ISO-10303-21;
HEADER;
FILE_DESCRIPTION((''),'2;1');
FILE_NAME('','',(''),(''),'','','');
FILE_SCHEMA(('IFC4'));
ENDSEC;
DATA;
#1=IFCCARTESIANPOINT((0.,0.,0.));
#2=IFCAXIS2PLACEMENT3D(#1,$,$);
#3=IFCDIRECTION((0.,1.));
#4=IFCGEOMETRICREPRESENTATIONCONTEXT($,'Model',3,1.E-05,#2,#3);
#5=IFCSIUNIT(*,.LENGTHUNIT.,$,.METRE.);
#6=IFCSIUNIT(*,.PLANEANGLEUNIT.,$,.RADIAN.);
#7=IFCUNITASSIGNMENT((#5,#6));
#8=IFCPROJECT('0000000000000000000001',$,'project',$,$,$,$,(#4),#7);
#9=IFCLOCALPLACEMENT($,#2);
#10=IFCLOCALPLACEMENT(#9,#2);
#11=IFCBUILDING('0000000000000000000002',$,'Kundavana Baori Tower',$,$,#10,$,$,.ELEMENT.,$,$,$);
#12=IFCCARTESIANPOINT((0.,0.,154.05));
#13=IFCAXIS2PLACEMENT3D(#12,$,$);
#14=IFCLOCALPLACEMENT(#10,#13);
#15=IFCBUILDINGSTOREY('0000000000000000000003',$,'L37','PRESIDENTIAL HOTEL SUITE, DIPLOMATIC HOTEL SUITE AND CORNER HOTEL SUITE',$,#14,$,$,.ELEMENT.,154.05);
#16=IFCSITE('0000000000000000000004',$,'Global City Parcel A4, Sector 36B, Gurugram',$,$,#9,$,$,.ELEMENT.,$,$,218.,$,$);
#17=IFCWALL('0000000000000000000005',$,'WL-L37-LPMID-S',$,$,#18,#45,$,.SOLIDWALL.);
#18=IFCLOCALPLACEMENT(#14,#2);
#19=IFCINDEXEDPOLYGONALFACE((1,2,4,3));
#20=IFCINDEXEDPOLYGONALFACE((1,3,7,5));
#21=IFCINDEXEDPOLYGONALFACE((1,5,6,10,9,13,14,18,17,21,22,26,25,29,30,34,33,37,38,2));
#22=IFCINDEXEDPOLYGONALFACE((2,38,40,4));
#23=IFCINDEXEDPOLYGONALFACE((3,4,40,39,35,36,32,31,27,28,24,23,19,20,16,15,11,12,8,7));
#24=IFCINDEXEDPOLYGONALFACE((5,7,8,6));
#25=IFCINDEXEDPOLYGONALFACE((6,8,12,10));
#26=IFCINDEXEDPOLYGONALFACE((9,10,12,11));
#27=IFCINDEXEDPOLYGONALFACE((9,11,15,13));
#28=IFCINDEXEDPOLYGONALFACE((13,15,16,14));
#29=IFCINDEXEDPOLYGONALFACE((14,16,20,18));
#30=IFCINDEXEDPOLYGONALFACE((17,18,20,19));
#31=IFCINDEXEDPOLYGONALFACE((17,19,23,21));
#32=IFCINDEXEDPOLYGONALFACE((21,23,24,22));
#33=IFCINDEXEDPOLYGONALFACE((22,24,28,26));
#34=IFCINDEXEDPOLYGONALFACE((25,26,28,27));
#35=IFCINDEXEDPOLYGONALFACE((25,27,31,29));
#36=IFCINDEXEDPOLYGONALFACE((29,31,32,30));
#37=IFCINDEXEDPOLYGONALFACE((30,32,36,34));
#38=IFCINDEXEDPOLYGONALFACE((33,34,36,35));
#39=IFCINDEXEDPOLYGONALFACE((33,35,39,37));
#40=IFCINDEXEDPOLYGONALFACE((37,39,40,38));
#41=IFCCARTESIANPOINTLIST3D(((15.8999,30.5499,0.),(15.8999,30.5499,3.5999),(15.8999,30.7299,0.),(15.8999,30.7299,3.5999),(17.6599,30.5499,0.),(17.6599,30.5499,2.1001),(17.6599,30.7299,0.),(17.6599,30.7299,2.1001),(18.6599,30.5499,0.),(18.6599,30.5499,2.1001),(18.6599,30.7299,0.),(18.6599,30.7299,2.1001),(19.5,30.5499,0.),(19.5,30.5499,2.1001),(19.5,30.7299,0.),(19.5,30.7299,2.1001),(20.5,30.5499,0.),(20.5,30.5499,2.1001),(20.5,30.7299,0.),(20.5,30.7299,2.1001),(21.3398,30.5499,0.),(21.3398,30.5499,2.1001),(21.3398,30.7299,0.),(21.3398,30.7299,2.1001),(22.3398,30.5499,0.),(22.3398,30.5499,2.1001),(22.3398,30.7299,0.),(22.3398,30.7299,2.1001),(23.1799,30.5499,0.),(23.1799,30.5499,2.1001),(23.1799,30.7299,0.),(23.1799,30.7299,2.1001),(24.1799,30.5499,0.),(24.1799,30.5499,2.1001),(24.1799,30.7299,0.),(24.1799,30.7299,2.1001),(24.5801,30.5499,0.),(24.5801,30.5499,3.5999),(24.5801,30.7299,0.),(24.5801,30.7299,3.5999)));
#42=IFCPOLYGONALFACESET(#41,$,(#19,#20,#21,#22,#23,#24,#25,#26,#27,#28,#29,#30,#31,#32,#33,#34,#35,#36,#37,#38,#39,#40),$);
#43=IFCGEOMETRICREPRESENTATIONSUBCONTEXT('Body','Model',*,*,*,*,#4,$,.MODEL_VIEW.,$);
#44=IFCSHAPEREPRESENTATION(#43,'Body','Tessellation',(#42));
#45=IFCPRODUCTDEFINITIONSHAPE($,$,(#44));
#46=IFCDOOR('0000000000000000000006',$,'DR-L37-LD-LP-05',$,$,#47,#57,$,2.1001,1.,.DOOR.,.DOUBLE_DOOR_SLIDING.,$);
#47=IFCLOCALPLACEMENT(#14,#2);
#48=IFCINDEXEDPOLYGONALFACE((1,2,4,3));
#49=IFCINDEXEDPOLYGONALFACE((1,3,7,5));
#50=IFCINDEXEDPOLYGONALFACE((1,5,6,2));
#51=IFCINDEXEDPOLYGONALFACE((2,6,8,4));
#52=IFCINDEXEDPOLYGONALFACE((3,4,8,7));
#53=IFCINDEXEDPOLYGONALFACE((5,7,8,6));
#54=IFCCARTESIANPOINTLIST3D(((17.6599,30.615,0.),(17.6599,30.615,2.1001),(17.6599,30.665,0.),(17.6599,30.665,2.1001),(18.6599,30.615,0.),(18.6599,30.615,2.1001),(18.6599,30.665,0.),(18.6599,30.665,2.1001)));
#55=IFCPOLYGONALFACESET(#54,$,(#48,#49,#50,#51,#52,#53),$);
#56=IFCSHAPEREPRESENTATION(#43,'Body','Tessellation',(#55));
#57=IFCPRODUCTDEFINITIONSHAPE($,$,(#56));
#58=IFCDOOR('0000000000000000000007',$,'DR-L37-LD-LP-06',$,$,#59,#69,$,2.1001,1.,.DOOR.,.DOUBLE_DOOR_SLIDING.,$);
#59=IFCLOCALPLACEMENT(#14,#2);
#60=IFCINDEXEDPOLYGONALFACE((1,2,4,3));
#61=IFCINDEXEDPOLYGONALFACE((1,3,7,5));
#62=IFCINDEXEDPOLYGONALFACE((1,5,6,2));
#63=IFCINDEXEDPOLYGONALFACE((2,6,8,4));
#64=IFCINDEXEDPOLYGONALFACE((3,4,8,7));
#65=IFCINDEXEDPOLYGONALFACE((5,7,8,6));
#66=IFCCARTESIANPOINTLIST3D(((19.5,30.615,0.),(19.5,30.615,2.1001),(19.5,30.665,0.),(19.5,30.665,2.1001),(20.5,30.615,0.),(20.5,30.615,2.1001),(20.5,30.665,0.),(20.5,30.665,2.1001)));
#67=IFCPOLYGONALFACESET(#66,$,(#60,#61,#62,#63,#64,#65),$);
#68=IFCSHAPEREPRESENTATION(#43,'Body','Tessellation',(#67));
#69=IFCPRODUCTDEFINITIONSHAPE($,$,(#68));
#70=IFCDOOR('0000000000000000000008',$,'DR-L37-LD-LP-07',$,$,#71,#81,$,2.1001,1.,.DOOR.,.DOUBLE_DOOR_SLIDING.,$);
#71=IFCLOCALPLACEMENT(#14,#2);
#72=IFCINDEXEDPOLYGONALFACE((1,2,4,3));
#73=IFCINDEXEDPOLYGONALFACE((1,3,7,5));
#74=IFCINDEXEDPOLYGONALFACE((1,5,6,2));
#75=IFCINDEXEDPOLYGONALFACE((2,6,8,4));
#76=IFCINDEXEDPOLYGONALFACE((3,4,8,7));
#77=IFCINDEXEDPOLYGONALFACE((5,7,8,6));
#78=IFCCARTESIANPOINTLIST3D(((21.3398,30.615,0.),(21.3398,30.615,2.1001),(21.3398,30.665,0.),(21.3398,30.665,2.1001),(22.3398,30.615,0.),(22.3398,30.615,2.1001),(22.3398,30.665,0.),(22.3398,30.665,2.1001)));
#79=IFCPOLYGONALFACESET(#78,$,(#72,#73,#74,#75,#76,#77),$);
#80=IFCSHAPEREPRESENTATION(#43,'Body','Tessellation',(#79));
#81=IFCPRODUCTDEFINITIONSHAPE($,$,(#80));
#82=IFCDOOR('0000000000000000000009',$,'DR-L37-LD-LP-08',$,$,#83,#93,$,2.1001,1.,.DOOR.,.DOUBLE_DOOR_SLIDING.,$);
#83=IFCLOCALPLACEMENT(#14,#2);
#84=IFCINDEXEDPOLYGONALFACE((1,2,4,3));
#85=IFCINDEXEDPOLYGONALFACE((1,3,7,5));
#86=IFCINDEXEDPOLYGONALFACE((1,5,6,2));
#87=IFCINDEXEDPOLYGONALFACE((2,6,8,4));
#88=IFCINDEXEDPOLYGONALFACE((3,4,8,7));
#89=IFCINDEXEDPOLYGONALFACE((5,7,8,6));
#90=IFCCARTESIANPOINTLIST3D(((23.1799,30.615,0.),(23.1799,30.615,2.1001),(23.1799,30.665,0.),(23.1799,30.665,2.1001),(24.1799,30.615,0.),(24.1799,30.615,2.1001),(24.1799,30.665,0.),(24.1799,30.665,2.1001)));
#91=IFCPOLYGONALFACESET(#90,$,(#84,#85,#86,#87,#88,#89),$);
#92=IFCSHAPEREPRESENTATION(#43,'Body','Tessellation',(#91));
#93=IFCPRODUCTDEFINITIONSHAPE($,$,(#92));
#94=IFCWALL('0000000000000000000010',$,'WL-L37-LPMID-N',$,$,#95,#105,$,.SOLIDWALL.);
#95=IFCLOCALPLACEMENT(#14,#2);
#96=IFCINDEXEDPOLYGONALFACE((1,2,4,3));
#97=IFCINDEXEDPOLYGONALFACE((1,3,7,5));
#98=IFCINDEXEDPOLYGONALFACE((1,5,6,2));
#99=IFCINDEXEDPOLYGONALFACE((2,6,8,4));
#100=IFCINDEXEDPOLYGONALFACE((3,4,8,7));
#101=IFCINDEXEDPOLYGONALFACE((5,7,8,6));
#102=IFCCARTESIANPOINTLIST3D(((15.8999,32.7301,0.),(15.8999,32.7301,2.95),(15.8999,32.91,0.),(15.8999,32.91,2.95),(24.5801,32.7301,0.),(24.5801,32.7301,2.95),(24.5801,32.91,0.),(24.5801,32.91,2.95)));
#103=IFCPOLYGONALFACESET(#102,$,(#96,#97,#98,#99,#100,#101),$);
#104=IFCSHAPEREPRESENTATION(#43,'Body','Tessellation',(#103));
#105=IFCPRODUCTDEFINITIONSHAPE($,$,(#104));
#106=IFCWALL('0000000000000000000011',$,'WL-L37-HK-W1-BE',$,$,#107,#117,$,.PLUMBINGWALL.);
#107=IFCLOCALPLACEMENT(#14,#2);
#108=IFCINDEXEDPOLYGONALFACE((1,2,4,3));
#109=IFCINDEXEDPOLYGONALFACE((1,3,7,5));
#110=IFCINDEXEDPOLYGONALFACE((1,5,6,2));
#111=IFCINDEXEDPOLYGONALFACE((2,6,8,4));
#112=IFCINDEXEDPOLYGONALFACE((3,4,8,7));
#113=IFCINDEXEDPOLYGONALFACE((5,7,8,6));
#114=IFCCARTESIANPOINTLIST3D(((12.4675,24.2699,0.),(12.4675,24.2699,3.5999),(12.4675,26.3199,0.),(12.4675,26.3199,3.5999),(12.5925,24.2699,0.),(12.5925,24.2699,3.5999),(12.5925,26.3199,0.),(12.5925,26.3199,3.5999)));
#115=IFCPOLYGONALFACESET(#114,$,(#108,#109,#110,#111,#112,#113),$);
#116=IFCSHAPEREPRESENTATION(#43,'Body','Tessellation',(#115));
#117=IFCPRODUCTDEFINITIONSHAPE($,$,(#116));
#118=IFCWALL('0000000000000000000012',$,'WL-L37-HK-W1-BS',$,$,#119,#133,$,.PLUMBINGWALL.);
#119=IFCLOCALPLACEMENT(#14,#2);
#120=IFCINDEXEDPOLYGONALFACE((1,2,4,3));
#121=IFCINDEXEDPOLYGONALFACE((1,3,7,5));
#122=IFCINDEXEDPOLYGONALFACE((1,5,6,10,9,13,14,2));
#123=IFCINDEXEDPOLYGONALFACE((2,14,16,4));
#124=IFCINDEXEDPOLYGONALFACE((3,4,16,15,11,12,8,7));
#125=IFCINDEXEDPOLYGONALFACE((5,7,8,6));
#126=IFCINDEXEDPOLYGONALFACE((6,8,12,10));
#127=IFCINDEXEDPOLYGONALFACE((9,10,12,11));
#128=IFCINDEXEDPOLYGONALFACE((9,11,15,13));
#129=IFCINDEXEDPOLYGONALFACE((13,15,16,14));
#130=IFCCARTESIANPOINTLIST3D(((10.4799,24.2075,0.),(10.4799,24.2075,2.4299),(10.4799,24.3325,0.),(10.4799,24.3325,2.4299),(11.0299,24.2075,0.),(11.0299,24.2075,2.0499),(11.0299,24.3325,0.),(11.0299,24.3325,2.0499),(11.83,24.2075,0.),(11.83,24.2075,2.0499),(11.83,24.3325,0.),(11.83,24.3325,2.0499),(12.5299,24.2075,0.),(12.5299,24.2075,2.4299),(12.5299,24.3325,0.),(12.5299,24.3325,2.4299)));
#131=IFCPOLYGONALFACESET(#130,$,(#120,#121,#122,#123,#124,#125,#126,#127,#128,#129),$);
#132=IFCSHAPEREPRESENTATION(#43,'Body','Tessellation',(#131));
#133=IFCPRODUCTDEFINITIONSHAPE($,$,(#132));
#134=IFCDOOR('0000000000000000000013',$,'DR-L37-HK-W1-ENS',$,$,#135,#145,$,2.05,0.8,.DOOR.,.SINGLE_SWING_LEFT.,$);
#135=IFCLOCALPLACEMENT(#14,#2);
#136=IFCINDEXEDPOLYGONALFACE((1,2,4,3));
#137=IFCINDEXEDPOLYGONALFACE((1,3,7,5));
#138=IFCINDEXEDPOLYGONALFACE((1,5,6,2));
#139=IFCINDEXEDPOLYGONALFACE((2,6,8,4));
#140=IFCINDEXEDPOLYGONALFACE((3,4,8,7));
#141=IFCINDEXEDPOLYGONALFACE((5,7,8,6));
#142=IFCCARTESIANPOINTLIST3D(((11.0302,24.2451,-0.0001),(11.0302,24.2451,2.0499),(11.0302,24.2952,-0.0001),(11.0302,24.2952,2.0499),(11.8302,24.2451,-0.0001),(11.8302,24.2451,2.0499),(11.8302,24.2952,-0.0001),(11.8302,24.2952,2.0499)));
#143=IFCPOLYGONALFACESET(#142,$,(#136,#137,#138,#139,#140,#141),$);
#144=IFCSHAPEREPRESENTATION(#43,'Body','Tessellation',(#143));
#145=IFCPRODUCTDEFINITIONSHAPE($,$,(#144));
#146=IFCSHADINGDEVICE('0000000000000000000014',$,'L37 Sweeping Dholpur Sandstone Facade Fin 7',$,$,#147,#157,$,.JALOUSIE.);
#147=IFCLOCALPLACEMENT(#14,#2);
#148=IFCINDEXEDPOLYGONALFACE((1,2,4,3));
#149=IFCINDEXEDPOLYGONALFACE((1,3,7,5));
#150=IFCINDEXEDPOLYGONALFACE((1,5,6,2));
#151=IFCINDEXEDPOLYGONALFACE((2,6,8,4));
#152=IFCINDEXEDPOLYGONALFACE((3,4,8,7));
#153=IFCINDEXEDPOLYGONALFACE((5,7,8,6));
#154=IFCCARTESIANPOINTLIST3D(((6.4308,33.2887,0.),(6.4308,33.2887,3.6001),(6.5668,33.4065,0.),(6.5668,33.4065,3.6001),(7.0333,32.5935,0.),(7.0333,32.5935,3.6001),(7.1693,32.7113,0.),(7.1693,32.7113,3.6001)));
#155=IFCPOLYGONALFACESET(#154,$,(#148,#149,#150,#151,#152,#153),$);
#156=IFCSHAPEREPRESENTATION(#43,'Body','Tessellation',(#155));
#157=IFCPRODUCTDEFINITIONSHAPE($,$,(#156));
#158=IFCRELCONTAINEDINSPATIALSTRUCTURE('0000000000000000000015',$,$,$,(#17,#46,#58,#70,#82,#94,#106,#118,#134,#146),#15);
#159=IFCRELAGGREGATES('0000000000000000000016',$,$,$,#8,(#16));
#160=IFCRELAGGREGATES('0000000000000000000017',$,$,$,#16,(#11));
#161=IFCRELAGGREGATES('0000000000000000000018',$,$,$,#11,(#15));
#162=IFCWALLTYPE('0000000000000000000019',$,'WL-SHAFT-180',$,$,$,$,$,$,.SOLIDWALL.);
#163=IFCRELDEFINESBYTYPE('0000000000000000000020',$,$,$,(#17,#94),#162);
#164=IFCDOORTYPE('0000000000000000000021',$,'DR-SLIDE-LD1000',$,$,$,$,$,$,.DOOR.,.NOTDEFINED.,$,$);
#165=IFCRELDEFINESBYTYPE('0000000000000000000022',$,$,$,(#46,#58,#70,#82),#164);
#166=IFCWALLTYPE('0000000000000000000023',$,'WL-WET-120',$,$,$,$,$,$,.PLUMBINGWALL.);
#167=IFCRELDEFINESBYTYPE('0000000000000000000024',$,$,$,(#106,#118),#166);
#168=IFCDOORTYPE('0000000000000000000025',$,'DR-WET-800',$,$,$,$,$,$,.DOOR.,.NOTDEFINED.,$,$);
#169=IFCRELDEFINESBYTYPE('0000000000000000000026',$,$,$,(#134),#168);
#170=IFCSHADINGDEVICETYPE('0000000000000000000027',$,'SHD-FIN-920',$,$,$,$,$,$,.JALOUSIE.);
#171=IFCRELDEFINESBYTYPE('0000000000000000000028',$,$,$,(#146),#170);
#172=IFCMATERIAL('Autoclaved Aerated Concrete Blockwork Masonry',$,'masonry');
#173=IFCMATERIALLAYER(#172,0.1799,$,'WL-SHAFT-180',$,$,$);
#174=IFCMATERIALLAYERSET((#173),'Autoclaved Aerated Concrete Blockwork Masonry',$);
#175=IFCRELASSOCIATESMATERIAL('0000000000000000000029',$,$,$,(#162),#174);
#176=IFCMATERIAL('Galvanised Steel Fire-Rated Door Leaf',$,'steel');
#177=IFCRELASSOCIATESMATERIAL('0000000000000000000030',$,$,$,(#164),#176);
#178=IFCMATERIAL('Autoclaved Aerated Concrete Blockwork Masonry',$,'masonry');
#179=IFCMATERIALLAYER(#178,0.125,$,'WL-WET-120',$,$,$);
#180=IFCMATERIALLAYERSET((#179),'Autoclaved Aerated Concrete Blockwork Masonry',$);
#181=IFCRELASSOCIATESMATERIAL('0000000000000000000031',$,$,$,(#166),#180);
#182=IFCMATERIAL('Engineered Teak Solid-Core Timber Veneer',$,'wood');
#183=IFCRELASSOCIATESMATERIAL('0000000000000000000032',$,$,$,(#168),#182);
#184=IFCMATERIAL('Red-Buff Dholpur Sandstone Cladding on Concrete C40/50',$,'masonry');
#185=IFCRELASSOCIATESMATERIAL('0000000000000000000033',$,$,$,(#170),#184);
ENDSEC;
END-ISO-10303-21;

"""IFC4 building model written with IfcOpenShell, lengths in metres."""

from ifc_helpers import new_model, si_unit, direction, frame, frame_2d, origin, origin_2d, place, context, subcontext, project, spatial, rectangle, extrude, material, layer, layer_set, type_object, element, fill, save


model = new_model("IFC4")

# Units and contexts
model_context = context("Model", 3, precision=1e-05, world=origin(), true_north=direction((0.0, 1.0)))
body_context = subcontext(model_context, "Body", "Model", "MODEL_VIEW")
ifc_project = project(units=[si_unit("LENGTHUNIT", "METRE"), si_unit("PLANEANGLEUNIT", "RADIAN")], contexts=[model_context])

# Site, building, storey
site_placement = place(None, origin())
site = spatial("IfcSite", under=ifc_project, at=site_placement, Name="Global City Parcel A4, Sector 36B, Gurugram", CompositionType="ELEMENT", RefElevation=218.0)
building_placement = place(site_placement, origin())
building = spatial("IfcBuilding", under=site, at=building_placement, Name="Kundavana Baori Tower", CompositionType="ELEMENT")
storey_placement = place(building_placement, frame((0.0, 0.0, 154.05)))
storey = spatial("IfcBuildingStorey", under=building, at=storey_placement, Name="L37", Description="PRESIDENTIAL HOTEL SUITE, DIPLOMATIC HOTEL SUITE AND CORNER HOTEL SUITE", CompositionType="ELEMENT", Elevation=154.05)

# Shared definitions
ifc_material_1 = material(Name="Autoclaved Aerated Concrete Blockwork Masonry", Category="masonry")
ifc_layer_1 = layer(ifc_material_1, 0.1799, Name="WL-SHAFT-180")
ifc_layer_set_1 = layer_set([ifc_layer_1], Name="Autoclaved Aerated Concrete Blockwork Masonry")
wall_type_1 = type_object("IfcWallType", Name="WL-SHAFT-180", PredefinedType="SOLIDWALL", material=ifc_layer_set_1)

# Wall, openings, doors
wall_1_placement = place(storey_placement, frame((15.8999, 30.6399, 0.0), z_axis=(0.0, 0.0, 1.0), x_axis=(1.0, 0.0, 0.0)))
wall_1 = element("IfcWall", 1, at=wall_1_placement, inside=storey, type_object=wall_type_1, Name="WL-L37-LPMID-S", PredefinedType="SOLIDWALL", context=body_context, shape_type="SweptSolid", body=[
    extrude(rectangle(XDim=8.6802, YDim=0.1799, at=frame_2d((4.3401, 0.0))), origin(), (0.0, 0.0, 1.0), 3.5999),
])
opening_1_placement = place(wall_1_placement, frame((1.76, 0.0, 0.0)))
opening_1 = element("IfcOpeningElement", 2, at=opening_1_placement, cuts=wall_1, PredefinedType="OPENING", context=body_context, shape_type="SweptSolid", body=[
    extrude(rectangle(XDim=1.0, YDim=2.1001, at=frame_2d((0.5, 1.05))), frame((0.0, 0.1001, 0.0), z_axis=(0.0, -1.0, 0.0), x_axis=(1.0, 0.0, 0.0)), (0.0, 0.0, 1.0), 0.2),
])
opening_2_placement = place(wall_1_placement, frame((3.6001, 0.0, 0.0)))
opening_2 = element("IfcOpeningElement", 3, at=opening_2_placement, cuts=wall_1, PredefinedType="OPENING", context=body_context, shape_type="SweptSolid", body=[
    extrude(rectangle(XDim=1.0, YDim=2.1001, at=frame_2d((0.5, 1.05))), frame((0.0, 0.1001, 0.0), z_axis=(0.0, -1.0, 0.0), x_axis=(1.0, 0.0, 0.0)), (0.0, 0.0, 1.0), 0.2),
])
opening_3_placement = place(wall_1_placement, frame((5.4399, 0.0, 0.0)))
opening_3 = element("IfcOpeningElement", 4, at=opening_3_placement, cuts=wall_1, PredefinedType="OPENING", context=body_context, shape_type="SweptSolid", body=[
    extrude(rectangle(XDim=1.0, YDim=2.1001, at=frame_2d((0.5, 1.05))), frame((0.0, 0.1001, 0.0), z_axis=(0.0, -1.0, 0.0), x_axis=(1.0, 0.0, 0.0)), (0.0, 0.0, 1.0), 0.2),
])
opening_4_placement = place(wall_1_placement, frame((7.28, 0.0, 0.0)))
opening_4 = element("IfcOpeningElement", 5, at=opening_4_placement, cuts=wall_1, PredefinedType="OPENING", context=body_context, shape_type="SweptSolid", body=[
    extrude(rectangle(XDim=1.0, YDim=2.1001, at=frame_2d((0.5, 1.05))), frame((0.0, 0.1001, 0.0), z_axis=(0.0, -1.0, 0.0), x_axis=(1.0, 0.0, 0.0)), (0.0, 0.0, 1.0), 0.2),
])
ifc_material_2 = material(Name="Galvanised Steel Fire-Rated Door Leaf", Category="steel")
door_type_1 = type_object("IfcDoorType", Name="DR-SLIDE-LD1000", OperationType="NOTDEFINED", PredefinedType="DOOR", material=ifc_material_2)
door_1_placement = place(opening_1_placement, frame((1.0, 0.0, 0.0), z_axis=(0.0, 0.0, 1.0), x_axis=(-1.0, 0.0, 0.0)))
door_1 = element("IfcDoor", 6, at=door_1_placement, inside=storey, type_object=door_type_1, Name="DR-L37-LD-LP-05", OperationType="DOUBLE_DOOR_SLIDING", OverallHeight=2.1001, OverallWidth=1.0, PredefinedType="DOOR", context=body_context, shape_type="SweptSolid", body=[
    extrude(rectangle(XDim=1.0, YDim=2.1001, at=frame_2d((0.5, 1.05))), frame((0.0, 0.0249, 0.0), z_axis=(0.0, -1.0, 0.0), x_axis=(1.0, 0.0, 0.0)), (0.0, 0.0, 1.0), 0.05),
])
fill(opening_1, door_1)
door_2_placement = place(opening_2_placement, frame((1.0, 0.0, 0.0), z_axis=(0.0, 0.0, 1.0), x_axis=(-1.0, 0.0, 0.0)))
door_2 = element("IfcDoor", 7, at=door_2_placement, inside=storey, type_object=door_type_1, Name="DR-L37-LD-LP-06", OperationType="DOUBLE_DOOR_SLIDING", OverallHeight=2.1001, OverallWidth=1.0, PredefinedType="DOOR", context=body_context, shape_type="SweptSolid", body=[
    extrude(rectangle(XDim=1.0, YDim=2.1001, at=frame_2d((0.5, 1.05))), frame((0.0, 0.0249, 0.0), z_axis=(0.0, -1.0, 0.0), x_axis=(1.0, 0.0, 0.0)), (0.0, 0.0, 1.0), 0.05),
])
fill(opening_2, door_2)
door_3_placement = place(opening_3_placement, frame((1.0, 0.0, 0.0), z_axis=(0.0, 0.0, 1.0), x_axis=(-1.0, 0.0, 0.0)))
door_3 = element("IfcDoor", 8, at=door_3_placement, inside=storey, type_object=door_type_1, Name="DR-L37-LD-LP-07", OperationType="DOUBLE_DOOR_SLIDING", OverallHeight=2.1001, OverallWidth=1.0, PredefinedType="DOOR", context=body_context, shape_type="SweptSolid", body=[
    extrude(rectangle(XDim=1.0, YDim=2.1001, at=frame_2d((0.5, 1.05))), frame((0.0, 0.0249, 0.0), z_axis=(0.0, -1.0, 0.0), x_axis=(1.0, 0.0, 0.0)), (0.0, 0.0, 1.0), 0.05),
])
fill(opening_3, door_3)
door_4_placement = place(opening_4_placement, frame((1.0, 0.0, 0.0), z_axis=(0.0, 0.0, 1.0), x_axis=(-1.0, 0.0, 0.0)))
door_4 = element("IfcDoor", 9, at=door_4_placement, inside=storey, type_object=door_type_1, Name="DR-L37-LD-LP-08", OperationType="DOUBLE_DOOR_SLIDING", OverallHeight=2.1001, OverallWidth=1.0, PredefinedType="DOOR", context=body_context, shape_type="SweptSolid", body=[
    extrude(rectangle(XDim=1.0, YDim=2.1001, at=frame_2d((0.5, 1.05))), frame((0.0, 0.0249, 0.0), z_axis=(0.0, -1.0, 0.0), x_axis=(1.0, 0.0, 0.0)), (0.0, 0.0, 1.0), 0.05),
])
fill(opening_4, door_4)

# Walls
wall_2_placement = place(storey_placement, frame((15.8999, 32.8201, 0.0), z_axis=(0.0, 0.0, 1.0), x_axis=(1.0, 0.0, 0.0)))
element("IfcWall", 10, at=wall_2_placement, inside=storey, type_object=wall_type_1, Name="WL-L37-LPMID-N", PredefinedType="SOLIDWALL", context=body_context, shape_type="SweptSolid", body=[
    extrude(rectangle(XDim=8.6802, YDim=0.1799, at=frame_2d((4.3401, 0.0))), origin(), (0.0, 0.0, 1.0), 2.95),
])
ifc_material_3 = material(Name="Autoclaved Aerated Concrete Blockwork Masonry", Category="masonry")
ifc_layer_2 = layer(ifc_material_3, 0.125, Name="WL-WET-120")
ifc_layer_set_2 = layer_set([ifc_layer_2], Name="Autoclaved Aerated Concrete Blockwork Masonry")
wall_type_2 = type_object("IfcWallType", Name="WL-WET-120", PredefinedType="PLUMBINGWALL", material=ifc_layer_set_2)
wall_3_placement = place(storey_placement, frame((12.53, 24.27, 0.0), z_axis=(0.0, 0.0, 1.0), x_axis=(0.0, 1.0, 0.0)))
element("IfcWall", 11, at=wall_3_placement, inside=storey, type_object=wall_type_2, Name="WL-L37-HK-W1-BE", PredefinedType="PLUMBINGWALL", context=body_context, shape_type="SweptSolid", body=[
    extrude(rectangle(XDim=2.05, YDim=0.125, at=frame_2d((1.0249, 0.0))), origin(), (0.0, 0.0, 1.0), 3.5999),
])

# Wall, opening, door
wall_4_placement = place(storey_placement, frame((10.48, 24.27, 0.0), z_axis=(0.0, 0.0, 1.0), x_axis=(1.0, 0.0, 0.0)))
wall_4 = element("IfcWall", 12, at=wall_4_placement, inside=storey, type_object=wall_type_2, Name="WL-L37-HK-W1-BS", PredefinedType="PLUMBINGWALL", context=body_context, shape_type="SweptSolid", body=[
    extrude(rectangle(XDim=2.05, YDim=0.125, at=frame_2d((1.0249, 0.0))), origin(), (0.0, 0.0, 1.0), 2.4299),
])
opening_5_placement = place(wall_4_placement, frame((0.55, 0.0, 0.0)))
opening_5 = element("IfcOpeningElement", 13, at=opening_5_placement, cuts=wall_4, PredefinedType="OPENING", context=body_context, shape_type="SweptSolid", body=[
    extrude(rectangle(XDim=0.8, YDim=2.05, at=frame_2d((0.3999, 1.0249))), frame((0.0, 0.0725, 0.0), z_axis=(0.0, -1.0, 0.0), x_axis=(1.0, 0.0, 0.0)), (0.0, 0.0, 1.0), 0.145),
])
ifc_material_4 = material(Name="Engineered Teak Solid-Core Timber Veneer", Category="wood")
door_type_2 = type_object("IfcDoorType", Name="DR-WET-800", OperationType="NOTDEFINED", PredefinedType="DOOR", material=ifc_material_4)
door_5_placement = place(opening_5_placement, frame((0.8, 0.0, 0.0), z_axis=(0.0, 0.0, 1.0), x_axis=(-1.0, 0.0, 0.0)))
door_5 = element("IfcDoor", 14, at=door_5_placement, inside=storey, type_object=door_type_2, Name="DR-L37-HK-W1-ENS", OperationType="SINGLE_SWING_LEFT", OverallHeight=2.05, OverallWidth=0.8, PredefinedType="DOOR", context=body_context, shape_type="SweptSolid", body=[
    extrude(rectangle(XDim=0.8, YDim=2.05, at=frame_2d((0.3999, 1.0249))), frame((0.0, 0.0249, 0.0), z_axis=(0.0, -1.0, 0.0), x_axis=(1.0, 0.0, 0.0)), (0.0, 0.0, 1.0), 0.05),
])
fill(opening_5, door_5)

# Shading device
ifc_material_5 = material(Name="Red-Buff Dholpur Sandstone Cladding on Concrete C40/50", Category="masonry")
shading_device_type = type_object("IfcShadingDeviceType", Name="SHD-FIN-920", PredefinedType="JALOUSIE", material=ifc_material_5)
shading_device_placement = place(storey_placement, frame((6.8, 33.0, 0.0), z_axis=(0.0, 0.0, 1.0), x_axis=(0.755739, 0.654873, 0.0)))
element("IfcShadingDevice", 15, at=shading_device_placement, inside=storey, type_object=shading_device_type, Name="L37 Sweeping Dholpur Sandstone Facade Fin 7", PredefinedType="JALOUSIE", context=body_context, shape_type="SweptSolid", body=[
    extrude(rectangle(XDim=0.1799, YDim=0.9199, at=origin_2d()), origin(), (0.0, 0.0, 1.0), 3.6001),
])

save(model, "model.ifc")
